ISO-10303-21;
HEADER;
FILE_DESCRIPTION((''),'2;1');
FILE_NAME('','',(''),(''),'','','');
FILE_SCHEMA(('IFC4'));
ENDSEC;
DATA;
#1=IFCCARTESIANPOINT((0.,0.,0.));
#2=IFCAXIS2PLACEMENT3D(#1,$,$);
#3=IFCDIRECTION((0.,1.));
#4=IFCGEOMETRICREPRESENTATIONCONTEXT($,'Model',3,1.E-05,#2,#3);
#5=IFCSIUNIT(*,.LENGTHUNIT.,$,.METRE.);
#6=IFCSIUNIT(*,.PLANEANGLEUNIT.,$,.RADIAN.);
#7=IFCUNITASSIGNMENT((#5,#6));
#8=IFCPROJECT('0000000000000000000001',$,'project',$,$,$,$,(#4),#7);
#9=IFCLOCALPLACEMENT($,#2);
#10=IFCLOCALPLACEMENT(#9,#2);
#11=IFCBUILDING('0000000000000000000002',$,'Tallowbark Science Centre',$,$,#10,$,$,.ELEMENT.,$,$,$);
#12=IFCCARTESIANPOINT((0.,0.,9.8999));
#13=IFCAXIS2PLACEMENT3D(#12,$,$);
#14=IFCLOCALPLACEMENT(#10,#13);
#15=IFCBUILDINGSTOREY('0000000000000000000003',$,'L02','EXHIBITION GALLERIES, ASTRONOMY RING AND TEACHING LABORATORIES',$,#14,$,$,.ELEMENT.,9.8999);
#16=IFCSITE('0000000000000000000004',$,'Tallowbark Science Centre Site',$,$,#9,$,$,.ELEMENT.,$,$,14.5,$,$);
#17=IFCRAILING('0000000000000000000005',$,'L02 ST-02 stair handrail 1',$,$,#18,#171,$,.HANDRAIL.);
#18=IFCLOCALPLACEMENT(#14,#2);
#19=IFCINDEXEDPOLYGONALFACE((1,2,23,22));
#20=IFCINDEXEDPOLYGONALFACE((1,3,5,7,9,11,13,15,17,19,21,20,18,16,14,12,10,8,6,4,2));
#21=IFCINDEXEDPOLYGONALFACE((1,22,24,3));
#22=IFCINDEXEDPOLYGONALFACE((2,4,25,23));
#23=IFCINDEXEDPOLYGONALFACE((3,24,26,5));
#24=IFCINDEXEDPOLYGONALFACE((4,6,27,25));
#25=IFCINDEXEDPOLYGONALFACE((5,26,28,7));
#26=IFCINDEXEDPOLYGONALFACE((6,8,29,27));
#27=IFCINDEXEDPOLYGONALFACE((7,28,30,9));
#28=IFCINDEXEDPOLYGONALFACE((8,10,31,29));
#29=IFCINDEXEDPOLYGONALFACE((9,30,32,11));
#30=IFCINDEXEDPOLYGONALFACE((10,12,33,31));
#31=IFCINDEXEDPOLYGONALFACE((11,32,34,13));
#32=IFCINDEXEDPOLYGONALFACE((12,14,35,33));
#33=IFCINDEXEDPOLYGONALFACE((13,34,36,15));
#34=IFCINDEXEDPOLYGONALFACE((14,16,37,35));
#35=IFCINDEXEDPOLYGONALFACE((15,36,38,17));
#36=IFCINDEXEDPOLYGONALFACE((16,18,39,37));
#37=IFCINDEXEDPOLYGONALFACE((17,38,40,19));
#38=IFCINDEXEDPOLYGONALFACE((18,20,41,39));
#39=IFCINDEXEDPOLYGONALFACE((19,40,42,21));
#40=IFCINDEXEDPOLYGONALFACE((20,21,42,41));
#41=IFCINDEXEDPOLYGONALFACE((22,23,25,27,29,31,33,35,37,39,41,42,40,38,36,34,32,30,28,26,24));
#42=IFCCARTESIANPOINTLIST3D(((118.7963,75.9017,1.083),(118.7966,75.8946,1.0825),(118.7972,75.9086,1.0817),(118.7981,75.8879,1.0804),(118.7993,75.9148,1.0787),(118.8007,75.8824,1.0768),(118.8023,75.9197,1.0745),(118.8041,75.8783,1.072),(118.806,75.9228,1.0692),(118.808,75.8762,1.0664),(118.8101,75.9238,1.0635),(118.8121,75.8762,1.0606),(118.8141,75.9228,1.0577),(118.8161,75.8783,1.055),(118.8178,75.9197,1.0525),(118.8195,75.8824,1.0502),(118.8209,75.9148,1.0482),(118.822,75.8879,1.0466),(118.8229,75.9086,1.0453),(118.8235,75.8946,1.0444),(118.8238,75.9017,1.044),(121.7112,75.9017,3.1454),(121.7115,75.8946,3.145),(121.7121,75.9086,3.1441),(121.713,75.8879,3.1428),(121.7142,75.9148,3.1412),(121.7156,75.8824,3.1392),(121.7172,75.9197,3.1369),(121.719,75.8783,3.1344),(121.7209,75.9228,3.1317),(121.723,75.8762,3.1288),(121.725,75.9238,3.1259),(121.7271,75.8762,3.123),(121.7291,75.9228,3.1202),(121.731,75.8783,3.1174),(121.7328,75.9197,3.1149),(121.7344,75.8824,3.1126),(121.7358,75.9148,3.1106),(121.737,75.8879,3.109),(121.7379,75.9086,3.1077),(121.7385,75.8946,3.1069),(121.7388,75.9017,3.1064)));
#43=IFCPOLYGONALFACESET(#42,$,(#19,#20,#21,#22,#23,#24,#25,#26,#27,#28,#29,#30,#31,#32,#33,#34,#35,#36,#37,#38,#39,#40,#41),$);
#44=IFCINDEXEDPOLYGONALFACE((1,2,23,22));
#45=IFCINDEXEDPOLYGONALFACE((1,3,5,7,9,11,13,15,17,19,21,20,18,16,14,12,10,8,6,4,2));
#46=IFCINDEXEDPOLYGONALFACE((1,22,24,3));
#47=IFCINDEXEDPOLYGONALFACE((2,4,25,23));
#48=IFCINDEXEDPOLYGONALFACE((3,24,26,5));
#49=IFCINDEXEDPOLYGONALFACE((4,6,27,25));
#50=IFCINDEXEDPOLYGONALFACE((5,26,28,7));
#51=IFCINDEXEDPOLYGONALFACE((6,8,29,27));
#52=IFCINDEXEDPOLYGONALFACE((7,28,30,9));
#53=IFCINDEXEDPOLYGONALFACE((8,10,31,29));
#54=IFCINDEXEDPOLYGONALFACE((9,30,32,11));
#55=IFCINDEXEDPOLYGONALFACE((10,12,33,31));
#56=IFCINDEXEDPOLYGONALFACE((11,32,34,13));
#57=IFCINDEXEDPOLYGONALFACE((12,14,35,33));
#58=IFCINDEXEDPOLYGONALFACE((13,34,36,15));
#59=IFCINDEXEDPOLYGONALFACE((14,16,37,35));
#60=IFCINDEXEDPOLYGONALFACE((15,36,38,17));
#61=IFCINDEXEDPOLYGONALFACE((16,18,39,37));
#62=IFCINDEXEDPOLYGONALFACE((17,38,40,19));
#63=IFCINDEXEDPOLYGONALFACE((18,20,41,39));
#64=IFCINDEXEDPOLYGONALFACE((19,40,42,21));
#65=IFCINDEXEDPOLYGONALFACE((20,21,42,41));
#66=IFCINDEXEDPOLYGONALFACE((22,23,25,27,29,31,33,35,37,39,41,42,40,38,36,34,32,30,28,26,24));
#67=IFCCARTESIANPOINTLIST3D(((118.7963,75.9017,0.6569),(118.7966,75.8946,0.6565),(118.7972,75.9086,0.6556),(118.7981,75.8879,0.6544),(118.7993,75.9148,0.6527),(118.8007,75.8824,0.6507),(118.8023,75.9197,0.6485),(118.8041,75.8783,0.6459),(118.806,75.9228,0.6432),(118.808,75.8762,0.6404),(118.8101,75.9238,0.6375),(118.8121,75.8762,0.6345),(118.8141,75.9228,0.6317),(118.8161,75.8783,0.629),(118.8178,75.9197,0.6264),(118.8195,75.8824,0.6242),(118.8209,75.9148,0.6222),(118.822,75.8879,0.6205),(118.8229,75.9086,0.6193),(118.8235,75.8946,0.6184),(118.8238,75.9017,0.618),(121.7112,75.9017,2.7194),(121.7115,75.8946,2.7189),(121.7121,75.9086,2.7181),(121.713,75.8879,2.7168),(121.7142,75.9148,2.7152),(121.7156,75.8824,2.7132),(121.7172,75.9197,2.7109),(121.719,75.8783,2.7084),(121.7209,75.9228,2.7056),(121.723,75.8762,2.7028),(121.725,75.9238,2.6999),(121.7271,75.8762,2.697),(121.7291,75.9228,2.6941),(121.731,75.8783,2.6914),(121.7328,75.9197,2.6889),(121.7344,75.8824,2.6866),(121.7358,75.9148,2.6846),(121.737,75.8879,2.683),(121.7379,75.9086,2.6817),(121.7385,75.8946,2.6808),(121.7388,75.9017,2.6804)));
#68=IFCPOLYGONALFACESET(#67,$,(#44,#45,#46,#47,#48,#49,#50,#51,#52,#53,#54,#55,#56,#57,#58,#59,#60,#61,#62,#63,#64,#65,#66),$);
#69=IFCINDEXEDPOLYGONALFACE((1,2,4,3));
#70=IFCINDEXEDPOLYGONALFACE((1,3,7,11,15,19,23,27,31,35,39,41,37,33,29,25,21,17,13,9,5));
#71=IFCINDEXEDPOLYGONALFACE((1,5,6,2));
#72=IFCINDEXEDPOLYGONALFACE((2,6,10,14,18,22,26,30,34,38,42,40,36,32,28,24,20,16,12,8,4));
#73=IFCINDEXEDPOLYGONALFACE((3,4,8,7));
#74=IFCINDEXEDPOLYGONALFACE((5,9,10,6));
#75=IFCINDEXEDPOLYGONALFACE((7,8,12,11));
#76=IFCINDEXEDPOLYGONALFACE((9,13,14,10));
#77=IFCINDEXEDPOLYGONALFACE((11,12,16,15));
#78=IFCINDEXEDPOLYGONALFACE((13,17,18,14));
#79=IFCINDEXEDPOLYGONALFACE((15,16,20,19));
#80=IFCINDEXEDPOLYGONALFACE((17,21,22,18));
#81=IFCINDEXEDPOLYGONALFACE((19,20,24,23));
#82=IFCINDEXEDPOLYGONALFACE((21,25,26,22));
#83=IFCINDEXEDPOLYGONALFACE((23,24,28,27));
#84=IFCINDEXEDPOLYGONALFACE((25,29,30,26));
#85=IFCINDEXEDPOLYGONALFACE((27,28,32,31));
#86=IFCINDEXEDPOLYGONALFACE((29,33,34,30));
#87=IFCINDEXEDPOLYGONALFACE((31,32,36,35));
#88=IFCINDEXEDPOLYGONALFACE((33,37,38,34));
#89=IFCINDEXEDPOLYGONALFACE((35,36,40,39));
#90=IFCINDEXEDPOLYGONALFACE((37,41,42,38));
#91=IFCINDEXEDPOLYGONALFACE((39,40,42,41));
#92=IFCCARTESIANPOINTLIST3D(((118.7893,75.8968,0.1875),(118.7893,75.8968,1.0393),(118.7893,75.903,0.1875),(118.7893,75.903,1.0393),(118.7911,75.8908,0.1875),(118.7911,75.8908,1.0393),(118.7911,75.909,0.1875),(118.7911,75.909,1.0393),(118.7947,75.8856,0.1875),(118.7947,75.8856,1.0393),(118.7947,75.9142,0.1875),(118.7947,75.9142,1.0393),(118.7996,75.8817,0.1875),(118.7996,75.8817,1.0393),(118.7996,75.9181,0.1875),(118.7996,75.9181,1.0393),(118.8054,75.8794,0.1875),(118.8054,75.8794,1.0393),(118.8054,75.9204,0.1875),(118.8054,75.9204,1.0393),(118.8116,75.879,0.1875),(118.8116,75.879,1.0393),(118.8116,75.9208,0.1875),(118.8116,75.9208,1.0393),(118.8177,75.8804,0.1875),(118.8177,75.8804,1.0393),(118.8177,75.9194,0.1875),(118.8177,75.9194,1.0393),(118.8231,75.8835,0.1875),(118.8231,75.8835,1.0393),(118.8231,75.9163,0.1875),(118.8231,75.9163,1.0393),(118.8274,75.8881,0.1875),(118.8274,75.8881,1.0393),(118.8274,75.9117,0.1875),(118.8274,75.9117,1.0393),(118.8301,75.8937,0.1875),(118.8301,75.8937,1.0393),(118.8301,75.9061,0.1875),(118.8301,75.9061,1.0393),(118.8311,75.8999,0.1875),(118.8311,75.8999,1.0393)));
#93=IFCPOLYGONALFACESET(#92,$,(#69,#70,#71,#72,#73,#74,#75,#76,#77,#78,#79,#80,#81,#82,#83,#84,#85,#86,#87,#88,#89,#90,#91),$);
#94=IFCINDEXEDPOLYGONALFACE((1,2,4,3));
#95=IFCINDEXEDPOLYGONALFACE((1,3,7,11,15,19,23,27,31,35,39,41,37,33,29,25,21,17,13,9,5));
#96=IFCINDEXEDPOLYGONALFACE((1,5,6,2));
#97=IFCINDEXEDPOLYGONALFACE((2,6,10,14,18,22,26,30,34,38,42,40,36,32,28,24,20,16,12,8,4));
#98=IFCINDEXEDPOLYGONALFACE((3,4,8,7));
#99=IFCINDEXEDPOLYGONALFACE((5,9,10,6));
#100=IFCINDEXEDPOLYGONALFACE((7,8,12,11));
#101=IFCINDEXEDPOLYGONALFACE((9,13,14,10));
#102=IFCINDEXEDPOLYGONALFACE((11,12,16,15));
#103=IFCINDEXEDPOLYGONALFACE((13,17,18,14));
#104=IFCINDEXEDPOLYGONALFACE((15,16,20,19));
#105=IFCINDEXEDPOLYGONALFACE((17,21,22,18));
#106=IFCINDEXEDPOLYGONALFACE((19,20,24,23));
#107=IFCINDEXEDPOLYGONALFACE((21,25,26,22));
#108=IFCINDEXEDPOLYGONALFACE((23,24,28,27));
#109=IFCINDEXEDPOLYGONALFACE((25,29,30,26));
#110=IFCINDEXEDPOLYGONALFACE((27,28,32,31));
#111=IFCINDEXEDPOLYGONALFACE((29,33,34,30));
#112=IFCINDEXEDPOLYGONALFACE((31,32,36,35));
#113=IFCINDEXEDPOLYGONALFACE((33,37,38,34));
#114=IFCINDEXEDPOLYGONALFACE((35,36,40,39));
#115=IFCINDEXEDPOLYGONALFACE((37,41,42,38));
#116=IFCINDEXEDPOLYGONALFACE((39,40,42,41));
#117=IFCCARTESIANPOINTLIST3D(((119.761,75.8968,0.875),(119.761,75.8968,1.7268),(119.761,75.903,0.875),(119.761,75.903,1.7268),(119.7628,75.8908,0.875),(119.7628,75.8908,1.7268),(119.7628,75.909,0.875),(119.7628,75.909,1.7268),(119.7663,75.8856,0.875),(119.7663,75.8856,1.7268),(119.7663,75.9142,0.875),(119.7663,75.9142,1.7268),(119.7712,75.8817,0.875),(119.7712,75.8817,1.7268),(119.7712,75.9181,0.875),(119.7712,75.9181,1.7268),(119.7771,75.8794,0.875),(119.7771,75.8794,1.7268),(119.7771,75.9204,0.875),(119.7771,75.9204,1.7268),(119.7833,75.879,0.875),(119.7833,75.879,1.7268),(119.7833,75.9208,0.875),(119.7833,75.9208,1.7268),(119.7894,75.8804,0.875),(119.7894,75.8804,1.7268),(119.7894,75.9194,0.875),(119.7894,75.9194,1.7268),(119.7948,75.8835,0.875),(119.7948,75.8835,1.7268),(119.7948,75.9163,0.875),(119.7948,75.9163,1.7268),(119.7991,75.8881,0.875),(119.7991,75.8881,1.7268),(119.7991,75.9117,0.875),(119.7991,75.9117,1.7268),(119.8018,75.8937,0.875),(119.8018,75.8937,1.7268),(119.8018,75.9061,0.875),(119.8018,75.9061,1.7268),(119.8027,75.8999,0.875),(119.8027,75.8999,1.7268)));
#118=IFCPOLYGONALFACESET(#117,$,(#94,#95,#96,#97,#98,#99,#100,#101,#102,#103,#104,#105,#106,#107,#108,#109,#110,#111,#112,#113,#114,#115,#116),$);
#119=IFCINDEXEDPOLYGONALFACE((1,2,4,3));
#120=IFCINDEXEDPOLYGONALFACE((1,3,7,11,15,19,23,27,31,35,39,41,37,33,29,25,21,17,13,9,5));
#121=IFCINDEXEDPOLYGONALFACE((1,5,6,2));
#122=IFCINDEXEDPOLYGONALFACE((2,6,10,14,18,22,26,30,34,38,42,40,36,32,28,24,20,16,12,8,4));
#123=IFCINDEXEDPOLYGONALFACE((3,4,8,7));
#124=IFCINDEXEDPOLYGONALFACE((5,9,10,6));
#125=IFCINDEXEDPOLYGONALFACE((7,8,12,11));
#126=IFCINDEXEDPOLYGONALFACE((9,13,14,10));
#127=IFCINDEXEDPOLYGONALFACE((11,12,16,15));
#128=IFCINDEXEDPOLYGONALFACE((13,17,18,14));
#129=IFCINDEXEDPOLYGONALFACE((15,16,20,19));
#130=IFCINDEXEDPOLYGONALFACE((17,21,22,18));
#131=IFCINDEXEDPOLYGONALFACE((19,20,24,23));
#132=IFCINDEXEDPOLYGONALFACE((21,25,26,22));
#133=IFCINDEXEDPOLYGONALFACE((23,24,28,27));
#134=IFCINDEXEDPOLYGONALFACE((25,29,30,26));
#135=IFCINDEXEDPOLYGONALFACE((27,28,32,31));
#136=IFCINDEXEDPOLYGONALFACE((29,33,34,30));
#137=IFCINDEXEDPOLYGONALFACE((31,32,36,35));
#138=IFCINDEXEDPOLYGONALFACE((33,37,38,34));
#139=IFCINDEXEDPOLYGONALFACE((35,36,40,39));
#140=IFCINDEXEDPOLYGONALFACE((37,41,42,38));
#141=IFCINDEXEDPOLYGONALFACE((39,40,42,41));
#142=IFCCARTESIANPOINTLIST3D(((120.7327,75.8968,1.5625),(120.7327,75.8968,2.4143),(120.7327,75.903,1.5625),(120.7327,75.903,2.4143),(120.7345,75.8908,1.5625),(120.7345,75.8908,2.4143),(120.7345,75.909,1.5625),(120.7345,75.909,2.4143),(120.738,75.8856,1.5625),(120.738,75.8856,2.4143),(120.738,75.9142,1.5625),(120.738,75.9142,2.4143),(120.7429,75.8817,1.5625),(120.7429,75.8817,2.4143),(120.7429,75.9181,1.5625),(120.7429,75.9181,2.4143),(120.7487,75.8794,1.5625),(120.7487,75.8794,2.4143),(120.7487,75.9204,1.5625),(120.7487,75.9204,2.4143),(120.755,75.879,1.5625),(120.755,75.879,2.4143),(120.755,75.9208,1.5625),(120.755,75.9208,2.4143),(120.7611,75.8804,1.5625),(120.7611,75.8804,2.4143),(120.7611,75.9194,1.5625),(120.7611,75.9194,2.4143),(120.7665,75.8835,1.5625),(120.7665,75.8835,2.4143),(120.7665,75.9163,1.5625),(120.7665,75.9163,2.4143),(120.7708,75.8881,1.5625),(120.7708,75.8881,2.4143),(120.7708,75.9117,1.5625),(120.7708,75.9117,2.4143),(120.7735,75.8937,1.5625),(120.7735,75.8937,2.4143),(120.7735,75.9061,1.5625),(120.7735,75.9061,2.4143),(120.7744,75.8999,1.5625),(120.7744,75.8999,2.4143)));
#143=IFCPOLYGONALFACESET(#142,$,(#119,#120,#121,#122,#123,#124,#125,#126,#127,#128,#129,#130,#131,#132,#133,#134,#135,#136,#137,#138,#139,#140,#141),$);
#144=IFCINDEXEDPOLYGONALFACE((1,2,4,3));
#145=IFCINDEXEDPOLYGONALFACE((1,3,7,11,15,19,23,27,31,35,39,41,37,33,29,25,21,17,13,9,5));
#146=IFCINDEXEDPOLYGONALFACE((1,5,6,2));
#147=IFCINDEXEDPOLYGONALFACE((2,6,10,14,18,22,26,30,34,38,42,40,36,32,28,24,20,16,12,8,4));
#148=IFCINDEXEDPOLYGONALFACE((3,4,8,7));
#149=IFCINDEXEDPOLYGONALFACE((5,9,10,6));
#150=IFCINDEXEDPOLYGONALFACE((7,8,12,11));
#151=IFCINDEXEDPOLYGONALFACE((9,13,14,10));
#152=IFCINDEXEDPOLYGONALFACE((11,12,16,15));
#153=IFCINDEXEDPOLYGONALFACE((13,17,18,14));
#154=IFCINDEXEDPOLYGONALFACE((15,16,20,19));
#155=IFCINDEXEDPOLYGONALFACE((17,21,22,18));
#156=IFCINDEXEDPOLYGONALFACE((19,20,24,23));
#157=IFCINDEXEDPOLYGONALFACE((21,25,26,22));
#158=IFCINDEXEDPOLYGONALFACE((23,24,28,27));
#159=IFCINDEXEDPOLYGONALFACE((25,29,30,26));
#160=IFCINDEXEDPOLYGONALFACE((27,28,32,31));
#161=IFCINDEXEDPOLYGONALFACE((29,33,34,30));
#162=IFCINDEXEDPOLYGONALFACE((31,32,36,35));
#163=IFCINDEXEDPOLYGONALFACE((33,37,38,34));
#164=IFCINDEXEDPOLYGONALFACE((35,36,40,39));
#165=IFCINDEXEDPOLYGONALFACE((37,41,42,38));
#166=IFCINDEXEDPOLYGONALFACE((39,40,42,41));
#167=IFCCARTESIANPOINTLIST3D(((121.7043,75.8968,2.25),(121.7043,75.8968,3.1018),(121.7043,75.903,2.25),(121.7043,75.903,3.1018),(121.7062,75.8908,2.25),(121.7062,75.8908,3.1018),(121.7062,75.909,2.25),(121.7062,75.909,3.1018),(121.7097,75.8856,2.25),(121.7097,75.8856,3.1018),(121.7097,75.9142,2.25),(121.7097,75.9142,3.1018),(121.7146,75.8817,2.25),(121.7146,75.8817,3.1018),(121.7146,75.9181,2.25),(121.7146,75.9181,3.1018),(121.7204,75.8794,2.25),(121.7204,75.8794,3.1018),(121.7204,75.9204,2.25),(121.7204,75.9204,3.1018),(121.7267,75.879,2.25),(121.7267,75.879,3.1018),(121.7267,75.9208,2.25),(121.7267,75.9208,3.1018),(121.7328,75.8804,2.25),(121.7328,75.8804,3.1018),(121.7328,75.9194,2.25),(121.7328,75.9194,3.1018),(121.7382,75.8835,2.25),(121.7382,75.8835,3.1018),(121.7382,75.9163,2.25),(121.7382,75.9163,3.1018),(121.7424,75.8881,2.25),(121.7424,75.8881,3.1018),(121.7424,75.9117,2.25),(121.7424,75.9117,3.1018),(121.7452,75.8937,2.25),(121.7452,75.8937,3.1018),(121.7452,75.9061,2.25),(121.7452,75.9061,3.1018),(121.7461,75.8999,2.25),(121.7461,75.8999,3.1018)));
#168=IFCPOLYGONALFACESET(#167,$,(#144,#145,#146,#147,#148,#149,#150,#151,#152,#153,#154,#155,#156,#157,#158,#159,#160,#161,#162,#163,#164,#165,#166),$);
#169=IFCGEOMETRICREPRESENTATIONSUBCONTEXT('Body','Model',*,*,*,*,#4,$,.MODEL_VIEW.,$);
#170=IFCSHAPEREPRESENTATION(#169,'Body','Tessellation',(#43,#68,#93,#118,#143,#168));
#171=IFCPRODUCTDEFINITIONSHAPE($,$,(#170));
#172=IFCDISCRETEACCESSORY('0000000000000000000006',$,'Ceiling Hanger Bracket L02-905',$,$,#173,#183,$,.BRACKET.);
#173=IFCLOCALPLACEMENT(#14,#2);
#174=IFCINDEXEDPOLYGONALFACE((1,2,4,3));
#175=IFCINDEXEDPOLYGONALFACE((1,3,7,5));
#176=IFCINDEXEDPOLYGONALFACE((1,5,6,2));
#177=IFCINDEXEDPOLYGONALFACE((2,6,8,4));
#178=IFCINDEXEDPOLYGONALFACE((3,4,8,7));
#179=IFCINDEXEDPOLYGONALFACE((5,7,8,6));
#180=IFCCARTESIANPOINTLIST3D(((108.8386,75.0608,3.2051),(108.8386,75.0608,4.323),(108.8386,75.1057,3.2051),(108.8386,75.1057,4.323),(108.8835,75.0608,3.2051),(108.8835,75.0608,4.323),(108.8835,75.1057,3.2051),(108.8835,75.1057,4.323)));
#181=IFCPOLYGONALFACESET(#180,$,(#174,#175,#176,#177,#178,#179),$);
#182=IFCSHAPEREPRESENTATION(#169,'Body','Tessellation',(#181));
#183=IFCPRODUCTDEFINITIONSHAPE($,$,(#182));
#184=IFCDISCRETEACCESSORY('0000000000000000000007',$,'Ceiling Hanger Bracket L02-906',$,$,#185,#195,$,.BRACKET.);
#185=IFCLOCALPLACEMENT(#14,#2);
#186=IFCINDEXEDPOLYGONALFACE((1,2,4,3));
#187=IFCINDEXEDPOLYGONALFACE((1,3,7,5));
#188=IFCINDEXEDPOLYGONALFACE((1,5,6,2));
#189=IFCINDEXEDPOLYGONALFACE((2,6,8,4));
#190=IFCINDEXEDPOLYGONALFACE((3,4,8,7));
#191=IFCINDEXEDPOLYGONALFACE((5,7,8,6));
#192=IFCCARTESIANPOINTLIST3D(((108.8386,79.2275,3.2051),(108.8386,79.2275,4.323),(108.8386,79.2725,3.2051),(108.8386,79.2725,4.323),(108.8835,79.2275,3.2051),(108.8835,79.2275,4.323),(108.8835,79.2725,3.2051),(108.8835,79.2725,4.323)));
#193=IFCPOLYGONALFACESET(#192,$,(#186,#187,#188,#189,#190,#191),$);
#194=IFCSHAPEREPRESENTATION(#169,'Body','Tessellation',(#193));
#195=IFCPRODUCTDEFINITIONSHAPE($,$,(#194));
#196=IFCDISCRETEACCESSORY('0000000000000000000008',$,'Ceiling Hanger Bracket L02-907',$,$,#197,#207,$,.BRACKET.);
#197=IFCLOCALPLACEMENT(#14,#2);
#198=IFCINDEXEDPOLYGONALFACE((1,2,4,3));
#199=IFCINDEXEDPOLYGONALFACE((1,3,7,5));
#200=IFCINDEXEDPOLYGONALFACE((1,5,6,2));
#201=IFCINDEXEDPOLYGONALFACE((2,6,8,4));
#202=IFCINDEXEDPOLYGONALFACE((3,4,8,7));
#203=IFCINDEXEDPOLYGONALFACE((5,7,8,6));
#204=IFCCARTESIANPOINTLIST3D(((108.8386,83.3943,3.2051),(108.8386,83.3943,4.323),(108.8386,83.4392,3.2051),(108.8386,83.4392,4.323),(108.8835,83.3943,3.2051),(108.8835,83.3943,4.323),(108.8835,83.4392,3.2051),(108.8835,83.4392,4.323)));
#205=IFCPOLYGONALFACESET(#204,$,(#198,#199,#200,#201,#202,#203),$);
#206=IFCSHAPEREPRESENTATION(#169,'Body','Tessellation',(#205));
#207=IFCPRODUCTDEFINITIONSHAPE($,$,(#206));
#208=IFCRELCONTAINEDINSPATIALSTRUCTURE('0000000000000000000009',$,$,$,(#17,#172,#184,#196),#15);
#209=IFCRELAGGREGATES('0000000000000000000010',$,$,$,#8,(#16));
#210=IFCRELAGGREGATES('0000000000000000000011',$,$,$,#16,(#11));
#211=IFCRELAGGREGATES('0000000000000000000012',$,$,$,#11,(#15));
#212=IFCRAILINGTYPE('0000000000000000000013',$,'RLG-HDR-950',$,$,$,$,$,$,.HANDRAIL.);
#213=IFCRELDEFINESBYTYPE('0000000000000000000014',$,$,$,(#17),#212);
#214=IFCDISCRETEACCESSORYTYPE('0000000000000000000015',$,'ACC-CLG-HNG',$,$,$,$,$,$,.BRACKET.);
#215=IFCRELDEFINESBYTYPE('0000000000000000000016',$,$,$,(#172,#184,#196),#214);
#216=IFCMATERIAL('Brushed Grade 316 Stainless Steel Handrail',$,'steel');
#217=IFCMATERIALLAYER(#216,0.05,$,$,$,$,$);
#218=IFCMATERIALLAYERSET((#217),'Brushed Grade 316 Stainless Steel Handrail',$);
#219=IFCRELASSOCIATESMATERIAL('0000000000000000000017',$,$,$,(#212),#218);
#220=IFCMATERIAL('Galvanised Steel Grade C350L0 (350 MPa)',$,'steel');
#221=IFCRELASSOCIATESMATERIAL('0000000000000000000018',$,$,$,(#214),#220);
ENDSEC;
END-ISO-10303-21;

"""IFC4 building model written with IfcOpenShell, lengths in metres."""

from ifc_helpers import new_model, si_unit, direction, frame, origin, origin_2d, place, context, subcontext, project, spatial, rectangle, circle, extrude, material, layer, layer_set, type_object, element, save


model = new_model("IFC4")

# Units and contexts
model_context = context("Model", 3, precision=1e-05, world=origin(), true_north=direction((0.0, 1.0)))
body_context = subcontext(model_context, "Body", "Model", "MODEL_VIEW")
ifc_project = project(units=[si_unit("LENGTHUNIT", "METRE"), si_unit("PLANEANGLEUNIT", "RADIAN")], contexts=[model_context])

# Site, building, storey
site_placement = place(None, origin())
site = spatial("IfcSite", under=ifc_project, at=site_placement, Name="Tallowbark Science Centre Site", CompositionType="ELEMENT", RefElevation=14.5)
building_placement = place(site_placement, origin())
building = spatial("IfcBuilding", under=site, at=building_placement, Name="Tallowbark Science Centre", CompositionType="ELEMENT")
storey_placement = place(building_placement, frame((0.0, 0.0, 9.8999)))
storey = spatial("IfcBuildingStorey", under=building, at=storey_placement, Name="L02", Description="EXHIBITION GALLERIES, ASTRONOMY RING AND TEACHING LABORATORIES", CompositionType="ELEMENT", Elevation=9.8999)

# Railing
ifc_material_1 = material(Name="Brushed Grade 316 Stainless Steel Handrail", Category="steel")
ifc_layer_1 = layer(ifc_material_1, 0.05)
ifc_layer_set_1 = layer_set([ifc_layer_1], Name="Brushed Grade 316 Stainless Steel Handrail")
railing_type_1 = type_object("IfcRailingType", Name="RLG-HDR-950", PredefinedType="HANDRAIL", material=ifc_layer_set_1)
railing_1_placement = place(storey_placement, frame((118.8101, 75.8999, 0.1875)))
element("IfcRailing", 1, at=railing_1_placement, inside=storey, type_object=railing_type_1, Name="L02 ST-02 stair handrail 1", PredefinedType="HANDRAIL", context=body_context, shape_type="SweptSolid", body=[
    extrude(circle(Radius=0.0239, at=origin_2d()), frame((0.0, 0.0, 0.876), z_axis=(0.816331, 0.0, 0.577585), x_axis=(0.0, 1.0, 0.0)), (0.0, 0.0, 1.0), 3.5708),
    extrude(circle(Radius=0.0239, at=origin_2d()), frame((0.0, 0.0, 0.45), z_axis=(0.816331, 0.0, 0.577585), x_axis=(0.0, 1.0, 0.0)), (0.0, 0.0, 1.0), 3.5708),
    extrude(circle(Radius=0.021, at=origin_2d()), origin(), (0.0, 0.0, 1.0), 0.8518),
    extrude(circle(Radius=0.021, at=origin_2d()), frame((0.9717, 0.0, 0.6875)), (0.0, 0.0, 1.0), 0.8518),
    extrude(circle(Radius=0.021, at=origin_2d()), frame((1.9434, 0.0, 1.375)), (0.0, 0.0, 1.0), 0.8518),
    extrude(circle(Radius=0.021, at=origin_2d()), frame((2.915, 0.0, 2.0625)), (0.0, 0.0, 1.0), 0.8518),
])

# Discrete accessories
ifc_material_2 = material(Name="Galvanised Steel Grade C350L0 (350 MPa)", Category="steel")
discrete_accessory_type = type_object("IfcDiscreteAccessoryType", Name="ACC-CLG-HNG", PredefinedType="BRACKET", material=ifc_material_2)
for number, where, z_axis, x_axis, name in (
    (2, (108.8611, 75.0833, 3.2051), (0.0, 0.0, 1.0), (1.0, 0.0, 0.0), "Ceiling Hanger Bracket L02-905"),
    (3, (108.8611, 79.25, 3.2051), (0.0, 0.0, 1.0), (1.0, 0.0, 0.0), "Ceiling Hanger Bracket L02-906"),
    (4, (108.8611, 83.4167, 3.2051), (0.0, 0.0, 1.0), (1.0, 0.0, 0.0), "Ceiling Hanger Bracket L02-907"),
):
    element("IfcDiscreteAccessory", number, at=place(storey_placement, frame(where, z_axis=z_axis, x_axis=x_axis)), inside=storey, type_object=discrete_accessory_type, Name=name, PredefinedType="BRACKET", context=body_context, shape_type="SweptSolid", body=[
        extrude(rectangle(XDim=0.0449, YDim=0.0449, at=origin_2d()), origin(), (0.0, 0.0, 1.0), 1.1179),
    ])

save(model, "model.ifc")
